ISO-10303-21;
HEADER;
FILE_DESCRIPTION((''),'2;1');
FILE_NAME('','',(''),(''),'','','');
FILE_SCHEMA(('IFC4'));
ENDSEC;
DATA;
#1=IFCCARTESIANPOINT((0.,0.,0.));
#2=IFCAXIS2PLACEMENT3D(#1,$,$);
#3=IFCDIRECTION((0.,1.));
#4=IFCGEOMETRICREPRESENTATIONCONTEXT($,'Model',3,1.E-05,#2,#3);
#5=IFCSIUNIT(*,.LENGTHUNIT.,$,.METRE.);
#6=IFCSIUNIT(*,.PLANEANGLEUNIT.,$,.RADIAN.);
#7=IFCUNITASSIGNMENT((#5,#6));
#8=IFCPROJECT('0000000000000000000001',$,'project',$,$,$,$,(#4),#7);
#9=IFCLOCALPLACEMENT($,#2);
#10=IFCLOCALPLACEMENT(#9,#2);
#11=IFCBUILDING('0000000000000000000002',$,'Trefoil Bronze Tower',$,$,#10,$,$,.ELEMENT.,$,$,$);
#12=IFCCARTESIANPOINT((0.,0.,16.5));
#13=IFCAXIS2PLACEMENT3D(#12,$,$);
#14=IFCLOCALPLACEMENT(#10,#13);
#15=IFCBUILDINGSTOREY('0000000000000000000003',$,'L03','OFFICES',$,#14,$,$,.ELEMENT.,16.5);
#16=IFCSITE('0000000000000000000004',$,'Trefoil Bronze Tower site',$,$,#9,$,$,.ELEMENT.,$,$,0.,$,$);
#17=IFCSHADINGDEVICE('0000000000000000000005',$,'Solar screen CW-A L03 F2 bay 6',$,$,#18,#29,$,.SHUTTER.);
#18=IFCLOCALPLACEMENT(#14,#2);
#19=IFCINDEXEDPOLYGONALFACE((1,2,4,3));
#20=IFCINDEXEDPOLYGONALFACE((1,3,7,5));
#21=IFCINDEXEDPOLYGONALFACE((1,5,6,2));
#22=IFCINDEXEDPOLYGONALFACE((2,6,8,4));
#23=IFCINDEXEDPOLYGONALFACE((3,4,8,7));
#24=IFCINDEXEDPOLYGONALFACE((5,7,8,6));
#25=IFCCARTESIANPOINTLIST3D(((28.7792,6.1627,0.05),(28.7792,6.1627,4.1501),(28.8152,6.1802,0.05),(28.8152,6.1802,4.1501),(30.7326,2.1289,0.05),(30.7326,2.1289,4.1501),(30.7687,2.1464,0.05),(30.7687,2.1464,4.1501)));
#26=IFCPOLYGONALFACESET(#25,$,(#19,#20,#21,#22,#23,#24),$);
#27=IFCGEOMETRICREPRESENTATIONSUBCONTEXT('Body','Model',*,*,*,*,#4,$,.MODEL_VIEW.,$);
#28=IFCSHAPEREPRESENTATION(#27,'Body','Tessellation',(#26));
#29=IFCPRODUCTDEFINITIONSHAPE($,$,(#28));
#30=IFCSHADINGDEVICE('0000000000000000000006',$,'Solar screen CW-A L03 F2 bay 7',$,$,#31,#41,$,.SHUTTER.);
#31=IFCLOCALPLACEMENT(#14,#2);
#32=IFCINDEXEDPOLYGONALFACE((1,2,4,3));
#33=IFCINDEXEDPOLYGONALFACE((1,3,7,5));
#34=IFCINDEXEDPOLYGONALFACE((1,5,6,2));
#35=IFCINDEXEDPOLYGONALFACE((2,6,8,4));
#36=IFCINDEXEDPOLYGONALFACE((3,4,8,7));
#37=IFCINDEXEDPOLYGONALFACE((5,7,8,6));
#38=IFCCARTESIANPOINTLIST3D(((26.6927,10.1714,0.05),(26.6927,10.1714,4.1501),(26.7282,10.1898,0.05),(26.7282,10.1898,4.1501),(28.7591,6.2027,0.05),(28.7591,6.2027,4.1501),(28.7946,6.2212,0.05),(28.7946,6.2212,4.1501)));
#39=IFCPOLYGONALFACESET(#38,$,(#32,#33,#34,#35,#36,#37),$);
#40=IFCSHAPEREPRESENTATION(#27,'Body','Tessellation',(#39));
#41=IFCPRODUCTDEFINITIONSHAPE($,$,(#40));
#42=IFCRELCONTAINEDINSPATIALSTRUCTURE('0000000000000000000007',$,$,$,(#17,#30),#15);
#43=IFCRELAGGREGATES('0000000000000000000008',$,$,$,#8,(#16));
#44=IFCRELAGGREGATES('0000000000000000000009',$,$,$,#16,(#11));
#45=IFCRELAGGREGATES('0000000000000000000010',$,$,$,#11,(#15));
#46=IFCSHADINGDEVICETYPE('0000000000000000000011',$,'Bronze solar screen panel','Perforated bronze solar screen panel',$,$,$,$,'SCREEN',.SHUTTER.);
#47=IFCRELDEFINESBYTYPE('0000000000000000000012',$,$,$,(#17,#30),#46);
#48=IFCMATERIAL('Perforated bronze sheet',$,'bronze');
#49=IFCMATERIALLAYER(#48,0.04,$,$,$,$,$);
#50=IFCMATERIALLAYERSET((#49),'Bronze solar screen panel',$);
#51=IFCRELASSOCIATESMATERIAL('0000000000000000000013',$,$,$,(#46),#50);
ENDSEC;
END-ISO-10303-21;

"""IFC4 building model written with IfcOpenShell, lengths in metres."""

from ifc_helpers import new_model, si_unit, direction, frame, origin, origin_2d, place, context, subcontext, project, spatial, rectangle, extrude, material, layer, layer_set, type_object, element, save


model = new_model("IFC4")

# Units and contexts
model_context = context("Model", 3, precision=1e-05, world=origin(), true_north=direction((0.0, 1.0)))
body_context = subcontext(model_context, "Body", "Model", "MODEL_VIEW")
ifc_project = project(units=[si_unit("LENGTHUNIT", "METRE"), si_unit("PLANEANGLEUNIT", "RADIAN")], contexts=[model_context])

# Site, building, storey
site_placement = place(None, origin())
site = spatial("IfcSite", under=ifc_project, at=site_placement, Name="Trefoil Bronze Tower site", CompositionType="ELEMENT", RefElevation=0.0)
building_placement = place(site_placement, origin())
building = spatial("IfcBuilding", under=site, at=building_placement, Name="Trefoil Bronze Tower", CompositionType="ELEMENT")
storey_placement = place(building_placement, frame((0.0, 0.0, 16.5)))
storey = spatial("IfcBuildingStorey", under=building, at=storey_placement, Name="L03", Description="OFFICES", CompositionType="ELEMENT", Elevation=16.5)

# Shading devices
ifc_material_1 = material(Name="Perforated bronze sheet", Category="bronze")
ifc_layer_1 = layer(ifc_material_1, 0.04)
ifc_layer_set_1 = layer_set([ifc_layer_1], Name="Bronze solar screen panel")
shading_device_type = type_object("IfcShadingDeviceType", Name="Bronze solar screen panel", Description="Perforated bronze solar screen panel", ElementType="SCREEN", PredefinedType="SHUTTER", material=ifc_layer_set_1)
shading_device_1_placement = place(storey_placement, frame((29.7739, 4.1545, 0.05), z_axis=(0.0, 0.0, 1.0), x_axis=(-0.435855, 0.900017, 0.0)))
element("IfcShadingDevice", 1, at=shading_device_1_placement, inside=storey, type_object=shading_device_type, Name="Solar screen CW-A L03 F2 bay 6", PredefinedType="SHUTTER", context=body_context, shape_type="SweptSolid", body=[
    extrude(rectangle(XDim=4.4819, YDim=0.04, at=origin_2d()), origin(), (0.0, 0.0, 1.0), 4.1001),
])
shading_device_2_placement = place(storey_placement, frame((27.7437, 8.1963, 0.05), z_axis=(0.0, 0.0, 1.0), x_axis=(-0.46183, 0.886969, 0.0)))
element("IfcShadingDevice", 2, at=shading_device_2_placement, inside=storey, type_object=shading_device_type, Name="Solar screen CW-A L03 F2 bay 7", PredefinedType="SHUTTER", context=body_context, shape_type="SweptSolid", body=[
    extrude(rectangle(XDim=4.4744, YDim=0.04, at=origin_2d()), origin(), (0.0, 0.0, 1.0), 4.1001),
])

save(model, "model.ifc")
